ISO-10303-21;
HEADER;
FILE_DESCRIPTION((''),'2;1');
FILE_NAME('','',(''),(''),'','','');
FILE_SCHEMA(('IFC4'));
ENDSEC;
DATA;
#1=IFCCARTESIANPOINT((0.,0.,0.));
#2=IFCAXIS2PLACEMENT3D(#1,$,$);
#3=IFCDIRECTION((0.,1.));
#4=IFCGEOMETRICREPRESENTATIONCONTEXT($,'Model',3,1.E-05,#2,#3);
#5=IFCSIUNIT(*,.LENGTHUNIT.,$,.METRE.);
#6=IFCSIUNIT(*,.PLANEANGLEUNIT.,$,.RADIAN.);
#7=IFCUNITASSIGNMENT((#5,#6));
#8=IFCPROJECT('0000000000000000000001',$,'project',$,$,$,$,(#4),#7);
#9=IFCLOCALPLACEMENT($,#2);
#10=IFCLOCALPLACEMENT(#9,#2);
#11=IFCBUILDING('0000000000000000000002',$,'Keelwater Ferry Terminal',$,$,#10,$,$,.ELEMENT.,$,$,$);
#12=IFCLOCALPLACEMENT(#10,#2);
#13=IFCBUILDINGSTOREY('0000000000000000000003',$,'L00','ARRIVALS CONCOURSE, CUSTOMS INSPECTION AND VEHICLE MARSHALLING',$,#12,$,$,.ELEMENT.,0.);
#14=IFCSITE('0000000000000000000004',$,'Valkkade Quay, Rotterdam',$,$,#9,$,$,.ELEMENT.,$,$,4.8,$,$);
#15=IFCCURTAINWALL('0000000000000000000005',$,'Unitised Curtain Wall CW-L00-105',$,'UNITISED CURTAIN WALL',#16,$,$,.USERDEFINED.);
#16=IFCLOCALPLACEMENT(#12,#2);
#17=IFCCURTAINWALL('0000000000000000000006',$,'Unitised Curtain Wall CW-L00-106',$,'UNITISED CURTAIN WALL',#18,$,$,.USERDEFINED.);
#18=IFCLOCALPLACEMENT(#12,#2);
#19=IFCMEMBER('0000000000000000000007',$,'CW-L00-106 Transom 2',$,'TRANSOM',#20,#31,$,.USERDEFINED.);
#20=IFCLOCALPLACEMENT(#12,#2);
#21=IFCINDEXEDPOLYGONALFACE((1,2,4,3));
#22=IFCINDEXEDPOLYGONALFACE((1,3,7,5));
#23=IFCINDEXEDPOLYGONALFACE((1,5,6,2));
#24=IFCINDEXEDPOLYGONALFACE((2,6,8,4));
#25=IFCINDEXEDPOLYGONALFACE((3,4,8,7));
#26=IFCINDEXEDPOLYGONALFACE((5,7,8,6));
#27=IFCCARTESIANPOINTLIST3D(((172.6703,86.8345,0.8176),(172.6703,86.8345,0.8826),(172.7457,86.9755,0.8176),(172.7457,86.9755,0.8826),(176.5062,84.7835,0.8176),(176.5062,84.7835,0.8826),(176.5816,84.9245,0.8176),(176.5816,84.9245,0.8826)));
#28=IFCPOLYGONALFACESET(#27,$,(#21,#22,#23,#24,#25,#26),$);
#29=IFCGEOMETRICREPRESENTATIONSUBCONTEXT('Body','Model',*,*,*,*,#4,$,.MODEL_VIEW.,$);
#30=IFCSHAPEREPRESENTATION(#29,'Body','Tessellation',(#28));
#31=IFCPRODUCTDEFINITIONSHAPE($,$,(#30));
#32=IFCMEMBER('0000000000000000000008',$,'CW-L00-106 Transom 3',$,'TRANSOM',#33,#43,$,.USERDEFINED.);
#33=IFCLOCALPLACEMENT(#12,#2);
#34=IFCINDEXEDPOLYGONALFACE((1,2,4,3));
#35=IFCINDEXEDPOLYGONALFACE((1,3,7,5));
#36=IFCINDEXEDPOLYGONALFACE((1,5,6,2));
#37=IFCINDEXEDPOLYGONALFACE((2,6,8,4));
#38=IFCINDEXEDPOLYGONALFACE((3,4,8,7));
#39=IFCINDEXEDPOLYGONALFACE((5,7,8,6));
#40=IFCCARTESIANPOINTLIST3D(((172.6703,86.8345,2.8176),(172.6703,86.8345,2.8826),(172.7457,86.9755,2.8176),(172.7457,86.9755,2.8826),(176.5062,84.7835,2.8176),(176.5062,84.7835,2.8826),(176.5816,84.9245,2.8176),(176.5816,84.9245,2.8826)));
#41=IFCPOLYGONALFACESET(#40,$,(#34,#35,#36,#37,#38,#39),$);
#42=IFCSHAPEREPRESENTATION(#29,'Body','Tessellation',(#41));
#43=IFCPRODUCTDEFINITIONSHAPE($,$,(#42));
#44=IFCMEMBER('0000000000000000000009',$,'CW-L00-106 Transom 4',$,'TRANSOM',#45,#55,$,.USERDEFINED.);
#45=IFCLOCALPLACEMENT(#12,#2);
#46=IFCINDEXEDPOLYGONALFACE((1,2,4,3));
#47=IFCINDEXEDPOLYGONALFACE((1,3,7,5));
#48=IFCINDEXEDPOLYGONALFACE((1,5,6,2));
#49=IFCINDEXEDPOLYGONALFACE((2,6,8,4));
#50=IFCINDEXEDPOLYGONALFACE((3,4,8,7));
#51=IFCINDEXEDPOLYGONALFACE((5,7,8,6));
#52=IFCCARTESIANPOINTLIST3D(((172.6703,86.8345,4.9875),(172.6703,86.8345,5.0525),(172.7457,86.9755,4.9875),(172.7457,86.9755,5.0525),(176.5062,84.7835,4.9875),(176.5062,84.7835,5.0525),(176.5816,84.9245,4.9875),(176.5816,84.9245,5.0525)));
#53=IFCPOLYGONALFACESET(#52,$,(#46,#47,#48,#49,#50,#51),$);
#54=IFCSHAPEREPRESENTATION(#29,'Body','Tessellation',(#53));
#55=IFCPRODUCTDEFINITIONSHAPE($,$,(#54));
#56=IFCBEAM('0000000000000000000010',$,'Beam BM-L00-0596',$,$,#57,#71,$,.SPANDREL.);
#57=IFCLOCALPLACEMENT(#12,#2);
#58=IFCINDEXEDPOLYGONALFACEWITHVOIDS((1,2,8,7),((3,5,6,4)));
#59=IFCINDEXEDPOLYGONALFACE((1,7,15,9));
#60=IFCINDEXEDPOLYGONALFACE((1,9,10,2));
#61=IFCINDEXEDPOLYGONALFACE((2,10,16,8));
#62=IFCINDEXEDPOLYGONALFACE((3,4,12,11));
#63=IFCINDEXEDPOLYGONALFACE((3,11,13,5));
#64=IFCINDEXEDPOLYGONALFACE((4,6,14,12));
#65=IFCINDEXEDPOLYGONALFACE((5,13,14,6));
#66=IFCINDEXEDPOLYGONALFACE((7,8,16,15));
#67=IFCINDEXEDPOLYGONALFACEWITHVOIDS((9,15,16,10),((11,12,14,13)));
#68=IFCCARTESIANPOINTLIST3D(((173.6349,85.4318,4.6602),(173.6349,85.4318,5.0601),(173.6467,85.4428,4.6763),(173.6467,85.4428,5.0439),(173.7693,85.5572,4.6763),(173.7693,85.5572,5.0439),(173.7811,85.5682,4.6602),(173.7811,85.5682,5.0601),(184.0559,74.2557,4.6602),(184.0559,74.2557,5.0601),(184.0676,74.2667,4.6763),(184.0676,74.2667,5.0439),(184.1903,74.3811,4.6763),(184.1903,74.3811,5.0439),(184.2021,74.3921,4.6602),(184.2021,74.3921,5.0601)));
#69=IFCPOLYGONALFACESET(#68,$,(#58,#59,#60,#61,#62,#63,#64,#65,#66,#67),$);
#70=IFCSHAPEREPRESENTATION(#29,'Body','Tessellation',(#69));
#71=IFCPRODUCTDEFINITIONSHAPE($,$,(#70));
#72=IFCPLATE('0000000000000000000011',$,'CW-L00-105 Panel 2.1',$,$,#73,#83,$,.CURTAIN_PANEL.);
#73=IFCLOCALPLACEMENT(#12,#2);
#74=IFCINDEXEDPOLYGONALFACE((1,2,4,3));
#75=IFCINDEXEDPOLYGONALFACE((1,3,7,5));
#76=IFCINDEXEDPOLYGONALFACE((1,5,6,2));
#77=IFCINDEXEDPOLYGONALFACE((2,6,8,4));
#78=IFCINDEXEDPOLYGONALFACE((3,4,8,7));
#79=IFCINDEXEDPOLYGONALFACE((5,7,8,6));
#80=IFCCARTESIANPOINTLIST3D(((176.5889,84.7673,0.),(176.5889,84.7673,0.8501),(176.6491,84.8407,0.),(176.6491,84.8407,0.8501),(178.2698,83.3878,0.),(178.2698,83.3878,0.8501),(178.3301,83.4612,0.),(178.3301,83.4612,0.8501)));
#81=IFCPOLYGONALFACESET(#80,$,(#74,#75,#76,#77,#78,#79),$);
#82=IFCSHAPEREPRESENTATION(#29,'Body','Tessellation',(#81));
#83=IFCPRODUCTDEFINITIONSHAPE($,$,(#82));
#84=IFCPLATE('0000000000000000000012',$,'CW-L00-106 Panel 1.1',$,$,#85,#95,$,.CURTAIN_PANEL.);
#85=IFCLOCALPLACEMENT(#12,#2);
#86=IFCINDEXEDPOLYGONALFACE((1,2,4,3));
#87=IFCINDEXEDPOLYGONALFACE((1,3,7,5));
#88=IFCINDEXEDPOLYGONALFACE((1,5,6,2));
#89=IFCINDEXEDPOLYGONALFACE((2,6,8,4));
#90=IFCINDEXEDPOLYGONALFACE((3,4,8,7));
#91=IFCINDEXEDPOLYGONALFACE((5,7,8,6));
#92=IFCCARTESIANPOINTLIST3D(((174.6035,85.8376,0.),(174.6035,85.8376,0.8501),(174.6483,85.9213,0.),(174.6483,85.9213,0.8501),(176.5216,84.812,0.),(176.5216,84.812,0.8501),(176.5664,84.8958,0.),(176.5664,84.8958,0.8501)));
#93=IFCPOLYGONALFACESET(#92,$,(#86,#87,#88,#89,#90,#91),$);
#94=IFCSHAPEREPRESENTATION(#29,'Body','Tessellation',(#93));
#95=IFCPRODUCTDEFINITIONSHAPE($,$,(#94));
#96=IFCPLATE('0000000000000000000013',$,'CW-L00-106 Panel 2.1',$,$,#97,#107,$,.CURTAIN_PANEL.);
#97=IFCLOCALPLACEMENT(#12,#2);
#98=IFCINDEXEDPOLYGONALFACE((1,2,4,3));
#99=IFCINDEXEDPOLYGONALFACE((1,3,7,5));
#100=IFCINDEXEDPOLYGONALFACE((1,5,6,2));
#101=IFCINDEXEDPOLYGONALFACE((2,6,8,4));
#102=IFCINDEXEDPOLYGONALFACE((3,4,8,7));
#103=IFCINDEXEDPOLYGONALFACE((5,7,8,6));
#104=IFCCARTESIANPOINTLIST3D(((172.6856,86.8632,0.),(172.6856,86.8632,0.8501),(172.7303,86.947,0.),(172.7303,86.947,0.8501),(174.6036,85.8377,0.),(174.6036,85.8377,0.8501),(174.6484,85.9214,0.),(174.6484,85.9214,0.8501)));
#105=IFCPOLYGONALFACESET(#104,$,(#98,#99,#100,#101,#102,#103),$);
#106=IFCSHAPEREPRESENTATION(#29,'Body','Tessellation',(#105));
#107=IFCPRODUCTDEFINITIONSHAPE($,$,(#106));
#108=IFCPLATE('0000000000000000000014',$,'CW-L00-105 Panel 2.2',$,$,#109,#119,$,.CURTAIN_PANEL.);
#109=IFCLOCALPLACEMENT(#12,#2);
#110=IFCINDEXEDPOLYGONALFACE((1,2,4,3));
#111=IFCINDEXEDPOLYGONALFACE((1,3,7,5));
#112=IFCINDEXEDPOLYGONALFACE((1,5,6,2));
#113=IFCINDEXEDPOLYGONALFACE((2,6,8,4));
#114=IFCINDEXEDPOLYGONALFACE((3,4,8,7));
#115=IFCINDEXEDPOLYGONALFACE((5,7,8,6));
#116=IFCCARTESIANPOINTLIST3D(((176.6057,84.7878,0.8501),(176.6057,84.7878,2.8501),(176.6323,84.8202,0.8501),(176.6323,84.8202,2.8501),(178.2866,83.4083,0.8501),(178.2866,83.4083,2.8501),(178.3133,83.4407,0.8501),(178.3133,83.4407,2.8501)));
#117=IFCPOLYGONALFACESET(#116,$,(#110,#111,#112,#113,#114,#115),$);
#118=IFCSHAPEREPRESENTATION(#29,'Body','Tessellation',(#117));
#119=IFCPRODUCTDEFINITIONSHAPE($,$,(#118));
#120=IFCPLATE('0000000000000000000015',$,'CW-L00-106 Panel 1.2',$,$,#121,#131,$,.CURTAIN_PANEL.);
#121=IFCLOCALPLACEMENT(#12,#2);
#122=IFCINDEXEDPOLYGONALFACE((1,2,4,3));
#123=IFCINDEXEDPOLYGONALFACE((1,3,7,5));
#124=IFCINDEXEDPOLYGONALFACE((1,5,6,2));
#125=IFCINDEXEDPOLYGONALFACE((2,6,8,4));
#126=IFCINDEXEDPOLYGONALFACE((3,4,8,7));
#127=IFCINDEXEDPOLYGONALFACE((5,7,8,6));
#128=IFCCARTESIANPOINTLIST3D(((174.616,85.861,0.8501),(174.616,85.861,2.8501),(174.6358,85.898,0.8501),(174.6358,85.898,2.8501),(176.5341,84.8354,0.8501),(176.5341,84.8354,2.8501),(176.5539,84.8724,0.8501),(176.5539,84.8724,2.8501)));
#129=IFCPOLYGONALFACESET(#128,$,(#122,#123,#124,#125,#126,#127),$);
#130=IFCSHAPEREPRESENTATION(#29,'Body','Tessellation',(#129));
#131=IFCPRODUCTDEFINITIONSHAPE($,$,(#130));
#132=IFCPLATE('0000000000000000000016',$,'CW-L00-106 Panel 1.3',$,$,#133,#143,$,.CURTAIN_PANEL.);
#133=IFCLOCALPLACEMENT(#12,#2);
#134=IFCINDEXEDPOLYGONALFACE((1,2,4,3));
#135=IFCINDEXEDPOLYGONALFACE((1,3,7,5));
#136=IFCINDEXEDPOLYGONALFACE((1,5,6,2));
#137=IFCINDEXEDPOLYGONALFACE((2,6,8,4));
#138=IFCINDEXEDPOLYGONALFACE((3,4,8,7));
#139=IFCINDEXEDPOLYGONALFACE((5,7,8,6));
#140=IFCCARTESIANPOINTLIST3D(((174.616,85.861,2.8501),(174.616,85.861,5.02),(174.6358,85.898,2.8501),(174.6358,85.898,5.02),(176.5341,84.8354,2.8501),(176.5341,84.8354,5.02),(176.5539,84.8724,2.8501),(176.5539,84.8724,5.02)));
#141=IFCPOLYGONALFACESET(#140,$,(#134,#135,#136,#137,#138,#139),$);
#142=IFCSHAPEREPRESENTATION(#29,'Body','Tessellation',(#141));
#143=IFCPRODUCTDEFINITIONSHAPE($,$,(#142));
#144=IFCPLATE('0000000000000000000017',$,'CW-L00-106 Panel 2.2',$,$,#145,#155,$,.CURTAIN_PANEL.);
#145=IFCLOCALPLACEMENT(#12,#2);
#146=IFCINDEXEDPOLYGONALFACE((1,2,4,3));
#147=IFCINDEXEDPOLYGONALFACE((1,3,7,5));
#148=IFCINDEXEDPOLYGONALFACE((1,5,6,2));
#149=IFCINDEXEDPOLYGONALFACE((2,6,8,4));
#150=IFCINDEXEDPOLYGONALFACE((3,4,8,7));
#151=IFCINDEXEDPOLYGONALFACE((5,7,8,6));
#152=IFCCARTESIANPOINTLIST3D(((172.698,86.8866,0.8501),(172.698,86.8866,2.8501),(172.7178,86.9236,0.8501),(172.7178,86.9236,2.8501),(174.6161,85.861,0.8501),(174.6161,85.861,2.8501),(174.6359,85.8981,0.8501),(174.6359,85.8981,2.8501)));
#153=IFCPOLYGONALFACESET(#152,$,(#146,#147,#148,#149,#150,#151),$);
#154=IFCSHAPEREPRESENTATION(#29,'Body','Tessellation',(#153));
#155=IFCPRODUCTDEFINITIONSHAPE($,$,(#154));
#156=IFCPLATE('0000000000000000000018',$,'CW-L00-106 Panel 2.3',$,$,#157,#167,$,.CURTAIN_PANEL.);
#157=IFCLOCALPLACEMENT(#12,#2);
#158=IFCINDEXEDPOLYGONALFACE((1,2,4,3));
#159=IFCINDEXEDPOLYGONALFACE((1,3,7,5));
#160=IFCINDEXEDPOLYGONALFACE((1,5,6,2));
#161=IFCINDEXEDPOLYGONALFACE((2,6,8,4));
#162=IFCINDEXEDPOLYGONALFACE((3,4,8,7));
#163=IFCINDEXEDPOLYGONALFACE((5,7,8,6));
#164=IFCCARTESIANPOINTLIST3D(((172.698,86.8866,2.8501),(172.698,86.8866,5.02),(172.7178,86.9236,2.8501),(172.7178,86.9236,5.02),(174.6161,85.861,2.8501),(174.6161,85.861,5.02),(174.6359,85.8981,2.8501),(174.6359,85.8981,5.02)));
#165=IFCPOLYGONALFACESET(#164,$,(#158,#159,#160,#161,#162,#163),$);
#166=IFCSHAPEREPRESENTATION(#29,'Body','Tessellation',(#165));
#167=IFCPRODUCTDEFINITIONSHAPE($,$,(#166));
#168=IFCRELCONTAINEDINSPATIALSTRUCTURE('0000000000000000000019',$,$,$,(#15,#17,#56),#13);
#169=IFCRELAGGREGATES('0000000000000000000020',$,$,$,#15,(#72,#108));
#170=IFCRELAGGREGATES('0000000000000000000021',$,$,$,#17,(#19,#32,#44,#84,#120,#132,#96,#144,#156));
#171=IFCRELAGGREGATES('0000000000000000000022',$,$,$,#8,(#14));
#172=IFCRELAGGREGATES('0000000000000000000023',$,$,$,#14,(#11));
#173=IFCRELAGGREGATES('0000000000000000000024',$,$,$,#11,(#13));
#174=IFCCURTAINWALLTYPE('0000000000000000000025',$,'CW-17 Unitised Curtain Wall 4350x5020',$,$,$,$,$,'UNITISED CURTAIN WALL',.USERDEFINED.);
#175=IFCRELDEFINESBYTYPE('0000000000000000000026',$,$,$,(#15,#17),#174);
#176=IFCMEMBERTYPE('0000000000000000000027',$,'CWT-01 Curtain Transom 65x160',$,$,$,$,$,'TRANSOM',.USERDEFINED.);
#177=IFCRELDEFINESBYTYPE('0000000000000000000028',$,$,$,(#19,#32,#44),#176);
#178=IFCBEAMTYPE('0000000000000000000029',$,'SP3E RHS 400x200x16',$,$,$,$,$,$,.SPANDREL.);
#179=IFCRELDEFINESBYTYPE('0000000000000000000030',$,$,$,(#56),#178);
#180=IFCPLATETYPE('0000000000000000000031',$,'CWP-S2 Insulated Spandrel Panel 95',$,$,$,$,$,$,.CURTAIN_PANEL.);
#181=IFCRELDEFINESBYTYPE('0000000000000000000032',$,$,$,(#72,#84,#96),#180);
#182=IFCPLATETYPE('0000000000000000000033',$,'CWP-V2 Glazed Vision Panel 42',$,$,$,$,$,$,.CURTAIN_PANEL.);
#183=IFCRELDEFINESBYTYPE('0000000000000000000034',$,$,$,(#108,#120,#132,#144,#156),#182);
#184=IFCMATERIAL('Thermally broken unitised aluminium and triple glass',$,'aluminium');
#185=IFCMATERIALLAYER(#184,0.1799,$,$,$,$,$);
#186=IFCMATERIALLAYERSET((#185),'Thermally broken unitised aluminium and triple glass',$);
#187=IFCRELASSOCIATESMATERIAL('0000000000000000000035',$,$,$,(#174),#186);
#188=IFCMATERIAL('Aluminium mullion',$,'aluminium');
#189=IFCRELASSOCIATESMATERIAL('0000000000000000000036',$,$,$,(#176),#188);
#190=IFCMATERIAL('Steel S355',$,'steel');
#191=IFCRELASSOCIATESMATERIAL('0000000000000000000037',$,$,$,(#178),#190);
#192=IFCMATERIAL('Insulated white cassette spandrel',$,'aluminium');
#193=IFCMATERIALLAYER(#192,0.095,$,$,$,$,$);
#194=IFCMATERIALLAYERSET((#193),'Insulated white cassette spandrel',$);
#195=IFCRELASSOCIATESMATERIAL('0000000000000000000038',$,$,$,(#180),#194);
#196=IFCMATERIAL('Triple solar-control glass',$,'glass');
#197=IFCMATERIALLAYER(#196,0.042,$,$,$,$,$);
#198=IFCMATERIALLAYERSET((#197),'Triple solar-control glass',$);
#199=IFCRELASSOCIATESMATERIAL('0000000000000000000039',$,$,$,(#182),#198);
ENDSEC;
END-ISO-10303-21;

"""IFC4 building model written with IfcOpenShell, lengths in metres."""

from ifc_helpers import new_model, si_unit, direction, frame, origin, origin_2d, place, context, subcontext, project, spatial, rectangle, hollow_rectangle, extrude, material, layer, layer_set, material_profile, profile_set, type_object, element, aggregate, save


model = new_model("IFC4")

# Units and contexts
model_context = context("Model", 3, precision=1e-05, world=origin(), true_north=direction((0.0, 1.0)))
body_context = subcontext(model_context, "Body", "Model", "MODEL_VIEW")
ifc_project = project(units=[si_unit("LENGTHUNIT", "METRE"), si_unit("PLANEANGLEUNIT", "RADIAN")], contexts=[model_context])

# Site, building, storey
site_placement = place(None, origin())
site = spatial("IfcSite", under=ifc_project, at=site_placement, Name="Valkkade Quay, Rotterdam", CompositionType="ELEMENT", RefElevation=4.8)
building_placement = place(site_placement, origin())
building = spatial("IfcBuilding", under=site, at=building_placement, Name="Keelwater Ferry Terminal", CompositionType="ELEMENT")
storey_placement = place(building_placement, origin())
storey = spatial("IfcBuildingStorey", under=building, at=storey_placement, Name="L00", Description="ARRIVALS CONCOURSE, CUSTOMS INSPECTION AND VEHICLE MARSHALLING", CompositionType="ELEMENT", Elevation=0.0)

# Curtain wall
ifc_material_1 = material(Name="Thermally broken unitised aluminium and triple glass", Category="aluminium")
ifc_layer_1 = layer(ifc_material_1, 0.1799)
ifc_layer_set_1 = layer_set([ifc_layer_1], Name="Thermally broken unitised aluminium and triple glass")
curtain_wall_type = type_object("IfcCurtainWallType", Name="CW-17 Unitised Curtain Wall 4350x5020", ElementType="UNITISED CURTAIN WALL", PredefinedType="USERDEFINED", material=ifc_layer_set_1)
curtain_wall_1_placement = place(storey_placement, origin())
curtain_wall_1 = element("IfcCurtainWall", 1, at=curtain_wall_1_placement, inside=storey, type_object=curtain_wall_type, Name="Unitised Curtain Wall CW-L00-105", ObjectType="UNITISED CURTAIN WALL", PredefinedType="USERDEFINED")

# Curtain wall, members
curtain_wall_2_placement = place(storey_placement, origin())
curtain_wall_2 = element("IfcCurtainWall", 2, at=curtain_wall_2_placement, inside=storey, type_object=curtain_wall_type, Name="Unitised Curtain Wall CW-L00-106", ObjectType="UNITISED CURTAIN WALL", PredefinedType="USERDEFINED")
ifc_material_2 = material(Name="Aluminium mullion", Category="aluminium")
ifc_material_profile_1 = material_profile(ifc_material_2, rectangle(XDim=0.1599, YDim=0.0649, at=origin_2d()), Name="CWT-01")
ifc_profile_set_1 = profile_set([ifc_material_profile_1], Name="Aluminium mullion")
member_type_1 = type_object("IfcMemberType", Name="CWT-01 Curtain Transom 65x160", ElementType="TRANSOM", PredefinedType="USERDEFINED", material=ifc_profile_set_1)
member_1_placement = place(storey_placement, frame((176.5439, 84.854, 0.8501), z_axis=(-0.881857, 0.471517, 0.0), x_axis=(-0.471517, -0.881857, 0.0)))
member_1 = element("IfcMember", 3, at=member_1_placement, type_object=member_type_1, Name="CW-L00-106 Transom 2", ObjectType="TRANSOM", PredefinedType="USERDEFINED", context=body_context, shape_type="SweptSolid", body=[
    extrude(rectangle(XDim=0.1599, YDim=0.0649, at=origin_2d()), origin(), (0.0, 0.0, 1.0), 4.3499),
])
member_2_placement = place(storey_placement, frame((176.5439, 84.854, 2.8501), z_axis=(-0.881857, 0.471517, 0.0), x_axis=(-0.471517, -0.881857, 0.0)))
member_2 = element("IfcMember", 4, at=member_2_placement, type_object=member_type_1, Name="CW-L00-106 Transom 3", ObjectType="TRANSOM", PredefinedType="USERDEFINED", context=body_context, shape_type="SweptSolid", body=[
    extrude(rectangle(XDim=0.1599, YDim=0.0649, at=origin_2d()), origin(), (0.0, 0.0, 1.0), 4.3499),
])
member_3_placement = place(storey_placement, frame((176.5439, 84.854, 5.02), z_axis=(-0.881857, 0.471517, 0.0), x_axis=(-0.471517, -0.881857, 0.0)))
member_3 = element("IfcMember", 5, at=member_3_placement, type_object=member_type_1, Name="CW-L00-106 Transom 4", ObjectType="TRANSOM", PredefinedType="USERDEFINED", context=body_context, shape_type="SweptSolid", body=[
    extrude(rectangle(XDim=0.1599, YDim=0.0649, at=origin_2d()), origin(), (0.0, 0.0, 1.0), 4.3499),
])

# Beam
ifc_material_3 = material(Name="Steel S355", Category="steel")
ifc_material_profile_2 = material_profile(ifc_material_3, hollow_rectangle(XDim=0.2, YDim=0.3999, WallThickness=0.0161, at=origin_2d()), Name="RHS 400x200x16")
ifc_profile_set_2 = profile_set([ifc_material_profile_2], Name="Steel S355")
beam_type = type_object("IfcBeamType", Name="SP3E RHS 400x200x16", PredefinedType="SPANDREL", material=ifc_profile_set_2)
beam_placement = place(storey_placement, frame((173.708, 85.5, 4.8601), z_axis=(0.681966, -0.731384, 0.0), x_axis=(0.731384, 0.681966, 0.0)))
element("IfcBeam", 6, at=beam_placement, inside=storey, type_object=beam_type, Name="Beam BM-L00-0596", PredefinedType="SPANDREL", context=body_context, shape_type="SweptSolid", body=[
    extrude(hollow_rectangle(XDim=0.2, YDim=0.3999, WallThickness=0.0161, at=origin_2d()), origin(), (0.0, 0.0, 1.0), 15.2808),
])

# Plates
ifc_material_4 = material(Name="Insulated white cassette spandrel", Category="aluminium")
ifc_layer_2 = layer(ifc_material_4, 0.095)
ifc_layer_set_2 = layer_set([ifc_layer_2], Name="Insulated white cassette spandrel")
plate_type_1 = type_object("IfcPlateType", Name="CWP-S2 Insulated Spandrel Panel 95", PredefinedType="CURTAIN_PANEL", material=ifc_layer_set_2)
plate_1_placement = place(storey_placement, frame((177.4595, 84.1143, 0.0), z_axis=(0.0, 0.0, 1.0), x_axis=(-0.773024, 0.634377, 0.0)))
plate_1 = element("IfcPlate", 7, at=plate_1_placement, type_object=plate_type_1, Name="CW-L00-105 Panel 2.1", PredefinedType="CURTAIN_PANEL", context=body_context, shape_type="SweptSolid", body=[
    extrude(rectangle(XDim=2.1746, YDim=0.095, at=origin_2d()), origin(), (0.0, 0.0, 1.0), 0.8501),
])
plate_2_placement = place(storey_placement, frame((175.585, 85.3667, 0.0), z_axis=(0.0, 0.0, 1.0), x_axis=(-0.881862, 0.471507, 0.0)))
plate_2 = element("IfcPlate", 8, at=plate_2_placement, type_object=plate_type_1, Name="CW-L00-106 Panel 1.1", PredefinedType="CURTAIN_PANEL", context=body_context, shape_type="SweptSolid", body=[
    extrude(rectangle(XDim=2.175, YDim=0.095, at=origin_2d()), origin(), (0.0, 0.0, 1.0), 0.8501),
])
plate_3_placement = place(storey_placement, frame((173.667, 86.3923, 0.0), z_axis=(0.0, 0.0, 1.0), x_axis=(-0.881862, 0.471507, 0.0)))
plate_3 = element("IfcPlate", 9, at=plate_3_placement, type_object=plate_type_1, Name="CW-L00-106 Panel 2.1", PredefinedType="CURTAIN_PANEL", context=body_context, shape_type="SweptSolid", body=[
    extrude(rectangle(XDim=2.175, YDim=0.095, at=origin_2d()), origin(), (0.0, 0.0, 1.0), 0.8501),
])
ifc_material_5 = material(Name="Triple solar-control glass", Category="glass")
ifc_layer_3 = layer(ifc_material_5, 0.042)
ifc_layer_set_3 = layer_set([ifc_layer_3], Name="Triple solar-control glass")
plate_type_2 = type_object("IfcPlateType", Name="CWP-V2 Glazed Vision Panel 42", PredefinedType="CURTAIN_PANEL", material=ifc_layer_set_3)
plate_4_placement = place(storey_placement, frame((177.4595, 84.1143, 0.8501), z_axis=(0.0, 0.0, 1.0), x_axis=(-0.773024, 0.634377, 0.0)))
plate_4 = element("IfcPlate", 10, at=plate_4_placement, type_object=plate_type_2, Name="CW-L00-105 Panel 2.2", PredefinedType="CURTAIN_PANEL", context=body_context, shape_type="SweptSolid", body=[
    extrude(rectangle(XDim=2.1746, YDim=0.042, at=origin_2d()), origin(), (0.0, 0.0, 1.0), 2.0),
])
aggregate(curtain_wall_1, [plate_1, plate_4])
plate_5_placement = place(storey_placement, frame((175.585, 85.3667, 0.8501), z_axis=(0.0, 0.0, 1.0), x_axis=(-0.881862, 0.471507, 0.0)))
plate_5 = element("IfcPlate", 11, at=plate_5_placement, type_object=plate_type_2, Name="CW-L00-106 Panel 1.2", PredefinedType="CURTAIN_PANEL", context=body_context, shape_type="SweptSolid", body=[
    extrude(rectangle(XDim=2.175, YDim=0.042, at=origin_2d()), origin(), (0.0, 0.0, 1.0), 2.0),
])
plate_6_placement = place(storey_placement, frame((175.585, 85.3667, 2.8501), z_axis=(0.0, 0.0, 1.0), x_axis=(-0.881862, 0.471507, 0.0)))
plate_6 = element("IfcPlate", 12, at=plate_6_placement, type_object=plate_type_2, Name="CW-L00-106 Panel 1.3", PredefinedType="CURTAIN_PANEL", context=body_context, shape_type="SweptSolid", body=[
    extrude(rectangle(XDim=2.175, YDim=0.042, at=origin_2d()), origin(), (0.0, 0.0, 1.0), 2.1699),
])
plate_7_placement = place(storey_placement, frame((173.667, 86.3923, 0.8501), z_axis=(0.0, 0.0, 1.0), x_axis=(-0.881862, 0.471507, 0.0)))
plate_7 = element("IfcPlate", 13, at=plate_7_placement, type_object=plate_type_2, Name="CW-L00-106 Panel 2.2", PredefinedType="CURTAIN_PANEL", context=body_context, shape_type="SweptSolid", body=[
    extrude(rectangle(XDim=2.175, YDim=0.042, at=origin_2d()), origin(), (0.0, 0.0, 1.0), 2.0),
])
plate_8_placement = place(storey_placement, frame((173.667, 86.3923, 2.8501), z_axis=(0.0, 0.0, 1.0), x_axis=(-0.881862, 0.471507, 0.0)))
plate_8 = element("IfcPlate", 14, at=plate_8_placement, type_object=plate_type_2, Name="CW-L00-106 Panel 2.3", PredefinedType="CURTAIN_PANEL", context=body_context, shape_type="SweptSolid", body=[
    extrude(rectangle(XDim=2.175, YDim=0.042, at=origin_2d()), origin(), (0.0, 0.0, 1.0), 2.1699),
])
aggregate(curtain_wall_2, [member_1, member_2, member_3, plate_2, plate_5, plate_6, plate_3, plate_7, plate_8])

save(model, "model.ifc")
